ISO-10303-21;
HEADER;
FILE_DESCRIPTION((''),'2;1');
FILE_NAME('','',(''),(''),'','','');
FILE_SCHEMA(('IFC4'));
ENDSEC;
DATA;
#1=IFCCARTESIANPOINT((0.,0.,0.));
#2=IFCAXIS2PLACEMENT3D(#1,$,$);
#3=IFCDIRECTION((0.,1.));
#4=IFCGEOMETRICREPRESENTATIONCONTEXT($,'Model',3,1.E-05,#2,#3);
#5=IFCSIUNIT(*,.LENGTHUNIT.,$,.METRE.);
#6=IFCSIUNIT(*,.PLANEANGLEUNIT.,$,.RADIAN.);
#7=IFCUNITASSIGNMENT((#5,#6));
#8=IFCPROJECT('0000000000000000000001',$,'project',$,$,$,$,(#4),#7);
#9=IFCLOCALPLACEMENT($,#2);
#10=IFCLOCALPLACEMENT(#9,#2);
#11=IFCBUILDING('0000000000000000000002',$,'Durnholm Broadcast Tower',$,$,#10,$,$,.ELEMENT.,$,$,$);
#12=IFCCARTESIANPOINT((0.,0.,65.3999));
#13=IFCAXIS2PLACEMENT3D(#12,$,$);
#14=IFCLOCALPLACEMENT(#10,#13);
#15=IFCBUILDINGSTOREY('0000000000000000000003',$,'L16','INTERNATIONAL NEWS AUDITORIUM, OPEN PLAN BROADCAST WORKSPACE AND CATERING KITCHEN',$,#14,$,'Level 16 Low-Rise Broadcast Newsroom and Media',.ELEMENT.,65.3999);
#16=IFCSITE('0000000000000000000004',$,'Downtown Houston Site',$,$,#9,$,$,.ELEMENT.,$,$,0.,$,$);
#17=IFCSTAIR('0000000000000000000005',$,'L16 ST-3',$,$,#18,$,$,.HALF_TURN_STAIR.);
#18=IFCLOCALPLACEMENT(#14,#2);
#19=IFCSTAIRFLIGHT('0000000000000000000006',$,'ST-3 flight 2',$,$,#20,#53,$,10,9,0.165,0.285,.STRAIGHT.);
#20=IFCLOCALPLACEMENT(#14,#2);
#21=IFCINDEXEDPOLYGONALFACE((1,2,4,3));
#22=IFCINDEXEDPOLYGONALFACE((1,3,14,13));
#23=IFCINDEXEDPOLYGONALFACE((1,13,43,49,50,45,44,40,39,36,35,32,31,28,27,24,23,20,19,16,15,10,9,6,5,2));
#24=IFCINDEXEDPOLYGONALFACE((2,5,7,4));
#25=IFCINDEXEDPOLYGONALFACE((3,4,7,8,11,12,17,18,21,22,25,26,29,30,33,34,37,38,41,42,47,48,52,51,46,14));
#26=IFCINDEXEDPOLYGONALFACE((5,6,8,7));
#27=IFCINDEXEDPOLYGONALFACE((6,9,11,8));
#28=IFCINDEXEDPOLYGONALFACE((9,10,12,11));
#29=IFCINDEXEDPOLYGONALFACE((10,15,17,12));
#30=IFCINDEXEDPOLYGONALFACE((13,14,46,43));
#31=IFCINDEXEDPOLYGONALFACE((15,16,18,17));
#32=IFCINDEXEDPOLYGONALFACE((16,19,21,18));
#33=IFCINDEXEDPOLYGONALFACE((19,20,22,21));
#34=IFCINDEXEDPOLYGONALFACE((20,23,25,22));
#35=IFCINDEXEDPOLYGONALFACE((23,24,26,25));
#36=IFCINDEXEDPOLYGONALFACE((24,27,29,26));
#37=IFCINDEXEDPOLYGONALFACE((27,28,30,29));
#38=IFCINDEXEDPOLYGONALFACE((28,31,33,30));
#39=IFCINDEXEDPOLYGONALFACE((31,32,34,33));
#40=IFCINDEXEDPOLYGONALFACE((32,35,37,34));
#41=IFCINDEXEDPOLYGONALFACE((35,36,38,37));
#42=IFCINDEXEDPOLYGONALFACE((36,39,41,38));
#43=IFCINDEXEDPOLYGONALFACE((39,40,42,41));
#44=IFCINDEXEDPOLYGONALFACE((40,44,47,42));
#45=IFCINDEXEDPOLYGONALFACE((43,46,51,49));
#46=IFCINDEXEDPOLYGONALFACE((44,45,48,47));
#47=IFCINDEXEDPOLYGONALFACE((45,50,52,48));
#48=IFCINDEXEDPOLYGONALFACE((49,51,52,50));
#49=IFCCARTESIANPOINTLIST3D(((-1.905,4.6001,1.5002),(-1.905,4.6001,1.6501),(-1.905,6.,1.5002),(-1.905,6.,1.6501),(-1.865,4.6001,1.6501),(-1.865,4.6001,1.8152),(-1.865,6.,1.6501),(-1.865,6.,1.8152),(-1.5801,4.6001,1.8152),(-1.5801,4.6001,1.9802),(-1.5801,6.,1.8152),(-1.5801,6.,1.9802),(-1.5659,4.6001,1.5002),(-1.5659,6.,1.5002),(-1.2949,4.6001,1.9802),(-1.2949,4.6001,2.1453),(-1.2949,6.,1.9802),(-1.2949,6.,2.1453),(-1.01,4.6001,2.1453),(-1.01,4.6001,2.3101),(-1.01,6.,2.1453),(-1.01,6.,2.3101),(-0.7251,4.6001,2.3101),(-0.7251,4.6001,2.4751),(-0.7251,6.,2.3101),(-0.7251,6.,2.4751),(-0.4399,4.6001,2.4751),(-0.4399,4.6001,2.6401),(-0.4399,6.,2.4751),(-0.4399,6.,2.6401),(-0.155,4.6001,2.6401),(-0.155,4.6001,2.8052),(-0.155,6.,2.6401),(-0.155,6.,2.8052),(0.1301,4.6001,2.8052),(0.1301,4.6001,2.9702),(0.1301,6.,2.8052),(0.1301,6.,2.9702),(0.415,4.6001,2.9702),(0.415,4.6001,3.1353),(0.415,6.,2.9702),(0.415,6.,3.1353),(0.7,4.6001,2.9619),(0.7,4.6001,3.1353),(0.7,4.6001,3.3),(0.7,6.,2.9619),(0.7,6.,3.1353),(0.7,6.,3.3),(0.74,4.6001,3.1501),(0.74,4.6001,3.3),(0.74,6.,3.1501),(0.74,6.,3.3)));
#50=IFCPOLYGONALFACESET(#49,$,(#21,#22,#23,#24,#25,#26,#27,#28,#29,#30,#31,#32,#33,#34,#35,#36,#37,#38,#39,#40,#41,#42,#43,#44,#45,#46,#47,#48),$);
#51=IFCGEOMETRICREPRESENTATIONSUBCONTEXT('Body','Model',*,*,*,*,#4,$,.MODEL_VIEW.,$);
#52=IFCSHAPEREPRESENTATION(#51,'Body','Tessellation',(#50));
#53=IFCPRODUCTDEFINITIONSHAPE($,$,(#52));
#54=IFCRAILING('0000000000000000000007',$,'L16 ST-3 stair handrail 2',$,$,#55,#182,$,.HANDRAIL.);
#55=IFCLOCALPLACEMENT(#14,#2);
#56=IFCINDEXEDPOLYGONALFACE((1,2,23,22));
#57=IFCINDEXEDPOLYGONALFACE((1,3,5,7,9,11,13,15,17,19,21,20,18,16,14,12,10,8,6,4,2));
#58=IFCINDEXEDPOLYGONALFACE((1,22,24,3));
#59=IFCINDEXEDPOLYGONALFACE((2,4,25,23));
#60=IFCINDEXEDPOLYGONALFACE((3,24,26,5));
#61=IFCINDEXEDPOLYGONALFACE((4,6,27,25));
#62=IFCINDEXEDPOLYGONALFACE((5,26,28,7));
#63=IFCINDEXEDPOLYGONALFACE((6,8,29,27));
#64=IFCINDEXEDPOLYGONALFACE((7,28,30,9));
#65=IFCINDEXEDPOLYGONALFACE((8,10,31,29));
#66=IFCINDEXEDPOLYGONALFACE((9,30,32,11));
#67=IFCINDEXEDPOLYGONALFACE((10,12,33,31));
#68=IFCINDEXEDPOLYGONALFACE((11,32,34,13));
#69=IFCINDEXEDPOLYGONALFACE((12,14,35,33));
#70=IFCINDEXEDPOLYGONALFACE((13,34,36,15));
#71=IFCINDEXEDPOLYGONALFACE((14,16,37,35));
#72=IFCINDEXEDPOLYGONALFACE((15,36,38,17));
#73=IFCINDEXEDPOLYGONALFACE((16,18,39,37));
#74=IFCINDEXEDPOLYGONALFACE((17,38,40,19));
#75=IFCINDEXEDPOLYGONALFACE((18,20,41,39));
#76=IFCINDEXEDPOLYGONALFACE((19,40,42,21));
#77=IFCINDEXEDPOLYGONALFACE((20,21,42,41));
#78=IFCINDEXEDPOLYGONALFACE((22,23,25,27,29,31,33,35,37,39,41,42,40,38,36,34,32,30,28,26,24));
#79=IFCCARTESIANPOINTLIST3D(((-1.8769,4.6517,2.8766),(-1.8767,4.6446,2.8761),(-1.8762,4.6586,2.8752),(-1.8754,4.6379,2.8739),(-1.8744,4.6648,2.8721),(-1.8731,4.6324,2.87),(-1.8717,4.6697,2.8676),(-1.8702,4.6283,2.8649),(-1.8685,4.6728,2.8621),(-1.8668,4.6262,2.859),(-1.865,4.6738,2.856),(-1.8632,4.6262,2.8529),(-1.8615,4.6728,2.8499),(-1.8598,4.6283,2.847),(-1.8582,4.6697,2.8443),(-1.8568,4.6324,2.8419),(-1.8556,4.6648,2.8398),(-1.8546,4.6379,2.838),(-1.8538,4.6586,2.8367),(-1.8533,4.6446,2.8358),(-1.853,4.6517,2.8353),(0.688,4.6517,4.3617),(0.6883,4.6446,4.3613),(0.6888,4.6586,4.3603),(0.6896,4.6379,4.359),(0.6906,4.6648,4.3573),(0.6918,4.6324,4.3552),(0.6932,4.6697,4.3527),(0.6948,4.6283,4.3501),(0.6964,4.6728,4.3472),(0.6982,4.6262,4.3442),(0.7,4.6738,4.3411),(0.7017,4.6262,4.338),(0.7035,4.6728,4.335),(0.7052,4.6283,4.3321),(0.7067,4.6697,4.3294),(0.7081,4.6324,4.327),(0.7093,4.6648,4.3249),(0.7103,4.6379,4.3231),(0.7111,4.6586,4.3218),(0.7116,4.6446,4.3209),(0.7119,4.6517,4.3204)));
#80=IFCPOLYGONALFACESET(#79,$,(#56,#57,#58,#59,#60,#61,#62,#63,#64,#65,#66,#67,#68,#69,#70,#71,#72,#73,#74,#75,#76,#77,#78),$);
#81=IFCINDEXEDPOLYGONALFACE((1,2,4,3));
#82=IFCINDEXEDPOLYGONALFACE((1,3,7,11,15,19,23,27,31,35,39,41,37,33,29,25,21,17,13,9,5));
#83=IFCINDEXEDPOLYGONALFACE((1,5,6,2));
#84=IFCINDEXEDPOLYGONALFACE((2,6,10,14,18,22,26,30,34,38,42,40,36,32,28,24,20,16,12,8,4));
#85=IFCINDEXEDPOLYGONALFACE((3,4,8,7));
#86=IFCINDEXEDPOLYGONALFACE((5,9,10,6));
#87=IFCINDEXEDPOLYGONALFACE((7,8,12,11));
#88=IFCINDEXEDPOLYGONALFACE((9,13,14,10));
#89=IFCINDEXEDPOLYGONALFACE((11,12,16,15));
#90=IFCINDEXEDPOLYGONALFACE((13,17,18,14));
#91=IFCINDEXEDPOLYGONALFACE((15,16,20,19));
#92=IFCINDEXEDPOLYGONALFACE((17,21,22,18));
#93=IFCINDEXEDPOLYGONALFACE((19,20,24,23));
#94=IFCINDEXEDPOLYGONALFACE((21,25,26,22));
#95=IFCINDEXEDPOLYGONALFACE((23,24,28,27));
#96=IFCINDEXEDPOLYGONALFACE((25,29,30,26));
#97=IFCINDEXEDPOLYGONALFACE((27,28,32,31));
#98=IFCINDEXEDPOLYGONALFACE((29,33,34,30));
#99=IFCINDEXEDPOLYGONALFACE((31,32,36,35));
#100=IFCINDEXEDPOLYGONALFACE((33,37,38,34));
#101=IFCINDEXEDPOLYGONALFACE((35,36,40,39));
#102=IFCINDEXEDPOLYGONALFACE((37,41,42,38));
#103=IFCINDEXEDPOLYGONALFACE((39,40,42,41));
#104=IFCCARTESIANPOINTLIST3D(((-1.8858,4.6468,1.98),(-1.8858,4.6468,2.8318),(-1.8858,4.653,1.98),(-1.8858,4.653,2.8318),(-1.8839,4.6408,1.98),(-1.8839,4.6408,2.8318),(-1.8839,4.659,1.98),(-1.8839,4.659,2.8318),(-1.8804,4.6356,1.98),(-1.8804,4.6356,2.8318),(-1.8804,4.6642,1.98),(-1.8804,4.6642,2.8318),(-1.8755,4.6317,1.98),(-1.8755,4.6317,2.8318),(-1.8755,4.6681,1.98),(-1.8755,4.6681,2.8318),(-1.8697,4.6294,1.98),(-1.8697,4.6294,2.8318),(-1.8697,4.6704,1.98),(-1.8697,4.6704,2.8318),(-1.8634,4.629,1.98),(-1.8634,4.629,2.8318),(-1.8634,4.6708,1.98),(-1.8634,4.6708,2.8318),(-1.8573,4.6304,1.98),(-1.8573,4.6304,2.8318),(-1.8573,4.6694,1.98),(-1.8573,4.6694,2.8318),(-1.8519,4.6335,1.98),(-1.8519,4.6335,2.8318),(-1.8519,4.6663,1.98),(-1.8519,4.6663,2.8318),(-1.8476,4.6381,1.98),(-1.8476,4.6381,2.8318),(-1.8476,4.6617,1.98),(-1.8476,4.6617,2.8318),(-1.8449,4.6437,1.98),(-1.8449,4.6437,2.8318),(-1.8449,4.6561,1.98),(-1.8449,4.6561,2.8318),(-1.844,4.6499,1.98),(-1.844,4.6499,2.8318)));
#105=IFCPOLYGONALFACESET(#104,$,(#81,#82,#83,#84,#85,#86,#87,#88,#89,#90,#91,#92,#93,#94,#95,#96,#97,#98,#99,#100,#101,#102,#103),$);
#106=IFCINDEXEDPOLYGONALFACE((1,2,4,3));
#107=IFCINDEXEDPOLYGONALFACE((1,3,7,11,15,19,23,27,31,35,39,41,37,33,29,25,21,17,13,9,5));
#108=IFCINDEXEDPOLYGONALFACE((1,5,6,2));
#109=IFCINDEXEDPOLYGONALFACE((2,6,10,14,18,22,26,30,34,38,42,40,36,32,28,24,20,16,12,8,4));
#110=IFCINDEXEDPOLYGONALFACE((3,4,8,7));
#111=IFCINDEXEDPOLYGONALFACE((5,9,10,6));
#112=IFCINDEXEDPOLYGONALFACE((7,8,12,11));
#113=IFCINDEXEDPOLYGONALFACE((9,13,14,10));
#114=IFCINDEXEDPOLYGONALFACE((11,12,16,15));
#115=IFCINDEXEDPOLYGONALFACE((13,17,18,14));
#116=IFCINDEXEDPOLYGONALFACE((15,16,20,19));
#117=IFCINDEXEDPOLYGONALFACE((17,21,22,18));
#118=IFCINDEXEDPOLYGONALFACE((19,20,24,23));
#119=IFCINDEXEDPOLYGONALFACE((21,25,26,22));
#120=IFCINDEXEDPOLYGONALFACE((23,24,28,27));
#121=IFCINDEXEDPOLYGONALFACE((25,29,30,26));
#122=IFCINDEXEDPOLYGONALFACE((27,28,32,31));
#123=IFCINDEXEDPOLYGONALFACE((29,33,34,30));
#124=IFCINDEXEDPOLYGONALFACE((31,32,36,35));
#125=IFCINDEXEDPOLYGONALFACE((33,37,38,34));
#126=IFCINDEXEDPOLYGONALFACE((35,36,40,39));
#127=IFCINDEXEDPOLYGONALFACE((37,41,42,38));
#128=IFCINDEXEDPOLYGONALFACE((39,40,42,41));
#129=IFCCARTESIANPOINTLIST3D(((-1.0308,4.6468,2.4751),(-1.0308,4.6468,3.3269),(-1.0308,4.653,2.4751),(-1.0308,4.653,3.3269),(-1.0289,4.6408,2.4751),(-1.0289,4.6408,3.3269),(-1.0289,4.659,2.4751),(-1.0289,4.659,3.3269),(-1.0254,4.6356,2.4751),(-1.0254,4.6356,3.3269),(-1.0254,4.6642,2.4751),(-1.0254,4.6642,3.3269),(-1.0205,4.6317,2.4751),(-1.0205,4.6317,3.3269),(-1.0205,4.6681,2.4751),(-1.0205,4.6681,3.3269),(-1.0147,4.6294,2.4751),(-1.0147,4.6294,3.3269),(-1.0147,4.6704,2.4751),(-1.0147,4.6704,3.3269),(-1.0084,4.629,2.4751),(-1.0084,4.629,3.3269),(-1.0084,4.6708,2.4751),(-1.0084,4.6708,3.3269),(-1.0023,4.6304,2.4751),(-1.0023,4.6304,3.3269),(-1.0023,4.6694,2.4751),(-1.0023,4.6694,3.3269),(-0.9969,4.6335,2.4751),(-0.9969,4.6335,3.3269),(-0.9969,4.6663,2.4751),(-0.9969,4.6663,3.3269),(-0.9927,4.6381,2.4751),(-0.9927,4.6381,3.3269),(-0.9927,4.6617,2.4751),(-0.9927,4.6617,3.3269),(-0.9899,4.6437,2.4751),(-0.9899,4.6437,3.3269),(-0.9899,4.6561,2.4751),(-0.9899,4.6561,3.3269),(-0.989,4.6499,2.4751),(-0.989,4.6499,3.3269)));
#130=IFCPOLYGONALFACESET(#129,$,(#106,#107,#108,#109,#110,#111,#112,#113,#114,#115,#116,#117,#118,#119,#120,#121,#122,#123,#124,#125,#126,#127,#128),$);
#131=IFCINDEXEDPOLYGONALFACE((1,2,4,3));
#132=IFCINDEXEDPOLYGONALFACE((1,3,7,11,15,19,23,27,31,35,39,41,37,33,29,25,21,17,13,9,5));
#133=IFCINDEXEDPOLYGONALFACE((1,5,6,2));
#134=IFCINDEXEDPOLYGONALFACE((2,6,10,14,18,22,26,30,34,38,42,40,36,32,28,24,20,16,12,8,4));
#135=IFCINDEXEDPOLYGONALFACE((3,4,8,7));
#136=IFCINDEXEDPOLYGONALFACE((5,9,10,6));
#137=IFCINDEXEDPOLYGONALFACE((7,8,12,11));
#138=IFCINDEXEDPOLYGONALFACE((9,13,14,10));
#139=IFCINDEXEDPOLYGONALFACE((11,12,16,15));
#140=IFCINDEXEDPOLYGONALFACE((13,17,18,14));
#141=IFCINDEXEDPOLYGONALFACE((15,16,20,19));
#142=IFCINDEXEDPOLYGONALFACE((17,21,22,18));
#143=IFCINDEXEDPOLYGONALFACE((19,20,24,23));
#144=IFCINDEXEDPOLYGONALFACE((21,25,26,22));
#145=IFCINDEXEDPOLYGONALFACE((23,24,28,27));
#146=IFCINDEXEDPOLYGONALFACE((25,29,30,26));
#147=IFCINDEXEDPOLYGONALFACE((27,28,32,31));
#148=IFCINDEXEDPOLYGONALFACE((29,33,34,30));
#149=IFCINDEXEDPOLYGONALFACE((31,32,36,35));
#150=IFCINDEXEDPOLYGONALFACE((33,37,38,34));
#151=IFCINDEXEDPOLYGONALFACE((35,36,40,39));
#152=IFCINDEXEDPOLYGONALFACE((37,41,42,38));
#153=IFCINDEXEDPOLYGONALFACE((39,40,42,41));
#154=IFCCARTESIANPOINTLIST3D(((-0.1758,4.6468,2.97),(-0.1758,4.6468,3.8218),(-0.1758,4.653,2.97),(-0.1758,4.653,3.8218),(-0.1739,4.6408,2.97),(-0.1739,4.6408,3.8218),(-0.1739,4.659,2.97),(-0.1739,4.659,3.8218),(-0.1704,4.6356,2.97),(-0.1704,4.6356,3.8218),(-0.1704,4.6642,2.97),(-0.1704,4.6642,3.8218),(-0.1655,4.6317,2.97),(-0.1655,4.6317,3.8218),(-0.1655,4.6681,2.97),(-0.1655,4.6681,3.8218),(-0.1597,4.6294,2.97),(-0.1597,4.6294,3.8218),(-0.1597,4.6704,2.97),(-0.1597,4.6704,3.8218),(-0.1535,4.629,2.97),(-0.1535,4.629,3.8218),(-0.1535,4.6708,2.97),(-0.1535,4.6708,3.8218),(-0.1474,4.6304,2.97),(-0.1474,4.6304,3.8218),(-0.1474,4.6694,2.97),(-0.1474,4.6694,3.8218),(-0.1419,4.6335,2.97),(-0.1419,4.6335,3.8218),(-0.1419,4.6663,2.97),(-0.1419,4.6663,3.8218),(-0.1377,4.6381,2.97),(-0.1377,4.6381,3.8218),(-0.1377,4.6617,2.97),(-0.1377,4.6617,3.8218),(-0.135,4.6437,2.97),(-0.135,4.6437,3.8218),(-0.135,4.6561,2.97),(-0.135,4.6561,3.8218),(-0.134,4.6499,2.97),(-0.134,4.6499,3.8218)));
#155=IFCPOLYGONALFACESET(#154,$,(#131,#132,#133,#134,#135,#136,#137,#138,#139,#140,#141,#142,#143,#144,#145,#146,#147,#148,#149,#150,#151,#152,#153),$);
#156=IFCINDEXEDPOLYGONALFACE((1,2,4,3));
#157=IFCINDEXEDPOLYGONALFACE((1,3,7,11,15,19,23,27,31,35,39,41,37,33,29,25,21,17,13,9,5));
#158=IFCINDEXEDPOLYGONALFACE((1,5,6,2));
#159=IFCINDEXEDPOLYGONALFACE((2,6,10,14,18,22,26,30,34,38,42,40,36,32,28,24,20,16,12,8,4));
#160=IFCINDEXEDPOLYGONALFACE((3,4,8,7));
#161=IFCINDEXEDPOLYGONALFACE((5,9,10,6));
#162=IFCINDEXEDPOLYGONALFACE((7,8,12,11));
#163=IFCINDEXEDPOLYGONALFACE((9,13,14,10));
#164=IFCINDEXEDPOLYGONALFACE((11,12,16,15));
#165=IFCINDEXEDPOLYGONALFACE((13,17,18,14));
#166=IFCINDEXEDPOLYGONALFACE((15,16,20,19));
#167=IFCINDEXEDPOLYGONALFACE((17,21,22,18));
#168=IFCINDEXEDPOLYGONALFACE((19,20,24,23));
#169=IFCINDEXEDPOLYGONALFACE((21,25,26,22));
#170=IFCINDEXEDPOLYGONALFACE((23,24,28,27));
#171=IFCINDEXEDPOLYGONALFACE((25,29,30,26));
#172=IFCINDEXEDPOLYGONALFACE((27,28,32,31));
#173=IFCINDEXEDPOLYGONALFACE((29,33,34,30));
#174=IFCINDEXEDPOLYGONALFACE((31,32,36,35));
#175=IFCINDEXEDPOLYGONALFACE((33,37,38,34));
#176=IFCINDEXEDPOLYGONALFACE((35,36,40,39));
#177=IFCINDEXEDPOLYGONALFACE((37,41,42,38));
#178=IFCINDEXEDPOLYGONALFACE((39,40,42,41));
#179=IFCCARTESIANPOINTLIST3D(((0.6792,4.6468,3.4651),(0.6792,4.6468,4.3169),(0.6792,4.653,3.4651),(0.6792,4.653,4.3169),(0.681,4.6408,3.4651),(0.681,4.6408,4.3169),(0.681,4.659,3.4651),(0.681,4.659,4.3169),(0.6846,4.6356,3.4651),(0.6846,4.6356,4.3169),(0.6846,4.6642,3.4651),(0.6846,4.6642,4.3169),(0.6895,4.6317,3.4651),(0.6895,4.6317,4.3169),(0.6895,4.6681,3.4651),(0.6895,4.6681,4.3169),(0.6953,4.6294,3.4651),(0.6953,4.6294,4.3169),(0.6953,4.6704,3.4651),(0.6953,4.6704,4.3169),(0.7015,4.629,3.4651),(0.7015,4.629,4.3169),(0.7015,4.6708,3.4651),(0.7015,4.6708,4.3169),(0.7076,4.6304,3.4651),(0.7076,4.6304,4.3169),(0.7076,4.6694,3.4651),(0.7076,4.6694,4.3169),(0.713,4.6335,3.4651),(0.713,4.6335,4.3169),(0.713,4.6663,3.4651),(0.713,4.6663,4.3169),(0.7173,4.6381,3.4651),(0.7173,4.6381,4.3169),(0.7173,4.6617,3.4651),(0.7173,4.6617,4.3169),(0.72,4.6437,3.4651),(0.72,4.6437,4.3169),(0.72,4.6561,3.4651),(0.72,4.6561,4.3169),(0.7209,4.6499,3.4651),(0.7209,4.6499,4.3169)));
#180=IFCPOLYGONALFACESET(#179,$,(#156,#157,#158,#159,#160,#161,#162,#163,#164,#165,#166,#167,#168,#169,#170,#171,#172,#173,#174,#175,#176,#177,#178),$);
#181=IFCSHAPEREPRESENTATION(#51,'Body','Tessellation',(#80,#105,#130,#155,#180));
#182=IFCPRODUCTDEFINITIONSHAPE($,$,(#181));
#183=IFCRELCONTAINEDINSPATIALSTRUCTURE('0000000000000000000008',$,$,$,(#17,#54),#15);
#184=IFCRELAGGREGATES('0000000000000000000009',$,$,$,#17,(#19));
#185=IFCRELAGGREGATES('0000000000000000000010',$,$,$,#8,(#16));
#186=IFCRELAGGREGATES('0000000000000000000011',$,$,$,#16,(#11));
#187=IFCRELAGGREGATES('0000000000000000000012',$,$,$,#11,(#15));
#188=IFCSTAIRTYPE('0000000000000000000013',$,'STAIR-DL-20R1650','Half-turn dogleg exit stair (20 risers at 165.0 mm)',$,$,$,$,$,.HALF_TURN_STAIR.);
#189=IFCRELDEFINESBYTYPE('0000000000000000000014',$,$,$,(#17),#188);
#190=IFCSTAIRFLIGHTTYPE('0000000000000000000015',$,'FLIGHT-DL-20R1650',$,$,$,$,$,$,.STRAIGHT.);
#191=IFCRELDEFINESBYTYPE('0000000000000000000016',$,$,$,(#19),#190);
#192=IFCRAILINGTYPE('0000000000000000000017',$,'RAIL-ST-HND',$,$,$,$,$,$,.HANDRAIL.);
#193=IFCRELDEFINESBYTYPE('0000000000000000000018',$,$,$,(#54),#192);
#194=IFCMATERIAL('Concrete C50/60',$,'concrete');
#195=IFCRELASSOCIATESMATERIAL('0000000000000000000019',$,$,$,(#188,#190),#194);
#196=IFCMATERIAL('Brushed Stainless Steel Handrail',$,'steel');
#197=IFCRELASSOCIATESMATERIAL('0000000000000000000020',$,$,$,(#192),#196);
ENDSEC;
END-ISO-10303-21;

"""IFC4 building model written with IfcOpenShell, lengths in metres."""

from ifc_helpers import new_model, si_unit, direction, frame, origin, origin_2d, place, context, subcontext, project, spatial, polyline, circle, outline, extrude, material, type_object, element, aggregate, save


model = new_model("IFC4")

# Units and contexts
model_context = context("Model", 3, precision=1e-05, world=origin(), true_north=direction((0.0, 1.0)))
body_context = subcontext(model_context, "Body", "Model", "MODEL_VIEW")
ifc_project = project(units=[si_unit("LENGTHUNIT", "METRE"), si_unit("PLANEANGLEUNIT", "RADIAN")], contexts=[model_context])

# Site, building, storey
site_placement = place(None, origin())
site = spatial("IfcSite", under=ifc_project, at=site_placement, Name="Downtown Houston Site", CompositionType="ELEMENT", RefElevation=0.0)
building_placement = place(site_placement, origin())
building = spatial("IfcBuilding", under=site, at=building_placement, Name="Durnholm Broadcast Tower", CompositionType="ELEMENT")
storey_placement = place(building_placement, frame((0.0, 0.0, 65.3999)))
storey = spatial("IfcBuildingStorey", under=building, at=storey_placement, Name="L16", Description="INTERNATIONAL NEWS AUDITORIUM, OPEN PLAN BROADCAST WORKSPACE AND CATERING KITCHEN", LongName="Level 16 Low-Rise Broadcast Newsroom and Media", CompositionType="ELEMENT", Elevation=65.3999)

# Stair
ifc_material_1 = material(Name="Concrete C50/60", Category="concrete")
stair_type = type_object("IfcStairType", Name="STAIR-DL-20R1650", Description="Half-turn dogleg exit stair (20 risers at 165.0 mm)", PredefinedType="HALF_TURN_STAIR", material=ifc_material_1)
stair_1_placement = place(storey_placement, origin())
stair_1 = element("IfcStair", 1, at=stair_1_placement, inside=storey, type_object=stair_type, Name="L16 ST-3", PredefinedType="HALF_TURN_STAIR")

# Stair flight
stair_flight_type = type_object("IfcStairFlightType", Name="FLIGHT-DL-20R1650", PredefinedType="STRAIGHT", material=ifc_material_1)
stair_flight_placement = place(storey_placement, frame((-1.865, 5.3, 1.6501), z_axis=(0.0, 0.0, 1.0), x_axis=(1.0, 0.0, 0.0)))
stair_flight = element("IfcStairFlight", 2, at=stair_flight_placement, type_object=stair_flight_type, Name="ST-3 flight 2", NumberOfRisers=10, NumberOfTreads=9, PredefinedType="STRAIGHT", RiserHeight=0.165, TreadLength=0.285, context=body_context, shape_type="SweptSolid", body=[
    extrude(outline(polyline([(-0.04, -0.1499), (-0.04, 0.0), (0.0, 0.0), (0.0, 0.165), (0.2849, 0.165), (0.2849, 0.3301), (0.5701, 0.3301), (0.5701, 0.4951), (0.855, 0.4951), (0.855, 0.6599), (1.1399, 0.6599), (1.1399, 0.825), (1.425, 0.825), (1.425, 0.99), (1.71, 0.99), (1.71, 1.155), (1.9951, 1.155), (1.9951, 1.3201), (2.28, 1.3201), (2.28, 1.4851), (2.5649, 1.4851), (2.5649, 1.6499), (2.605, 1.6499), (2.605, 1.5), (2.5649, 1.3118), (0.2991, -0.1499), (-0.04, -0.1499)])), frame((0.0, 0.7, 0.0), z_axis=(0.0, -1.0, 0.0), x_axis=(1.0, 0.0, 0.0)), (0.0, 0.0, 1.0), 1.3999),
])
aggregate(stair_1, [stair_flight])

# Railing
ifc_material_2 = material(Name="Brushed Stainless Steel Handrail", Category="steel")
railing_type = type_object("IfcRailingType", Name="RAIL-ST-HND", PredefinedType="HANDRAIL", material=ifc_material_2)
railing_placement = place(storey_placement, frame((-1.865, 4.6499, 1.98)))
element("IfcRailing", 3, at=railing_placement, inside=storey, type_object=railing_type, Name="L16 ST-3 stair handrail 2", PredefinedType="HANDRAIL", context=body_context, shape_type="SweptSolid", body=[
    extrude(circle(Radius=0.0239, at=origin_2d()), frame((0.0, 0.0, 0.876), z_axis=(0.865406, 0.0, 0.501072), x_axis=(0.0, 1.0, 0.0)), (0.0, 0.0, 1.0), 2.9639),
    extrude(circle(Radius=0.021, at=origin_2d()), origin(), (0.0, 0.0, 1.0), 0.8518),
    extrude(circle(Radius=0.021, at=origin_2d()), frame((0.855, 0.0, 0.4951)), (0.0, 0.0, 1.0), 0.8518),
    extrude(circle(Radius=0.021, at=origin_2d()), frame((1.71, 0.0, 0.99)), (0.0, 0.0, 1.0), 0.8518),
    extrude(circle(Radius=0.021, at=origin_2d()), frame((2.5649, 0.0, 1.4851)), (0.0, 0.0, 1.0), 0.8518),
])

save(model, "model.ifc")
